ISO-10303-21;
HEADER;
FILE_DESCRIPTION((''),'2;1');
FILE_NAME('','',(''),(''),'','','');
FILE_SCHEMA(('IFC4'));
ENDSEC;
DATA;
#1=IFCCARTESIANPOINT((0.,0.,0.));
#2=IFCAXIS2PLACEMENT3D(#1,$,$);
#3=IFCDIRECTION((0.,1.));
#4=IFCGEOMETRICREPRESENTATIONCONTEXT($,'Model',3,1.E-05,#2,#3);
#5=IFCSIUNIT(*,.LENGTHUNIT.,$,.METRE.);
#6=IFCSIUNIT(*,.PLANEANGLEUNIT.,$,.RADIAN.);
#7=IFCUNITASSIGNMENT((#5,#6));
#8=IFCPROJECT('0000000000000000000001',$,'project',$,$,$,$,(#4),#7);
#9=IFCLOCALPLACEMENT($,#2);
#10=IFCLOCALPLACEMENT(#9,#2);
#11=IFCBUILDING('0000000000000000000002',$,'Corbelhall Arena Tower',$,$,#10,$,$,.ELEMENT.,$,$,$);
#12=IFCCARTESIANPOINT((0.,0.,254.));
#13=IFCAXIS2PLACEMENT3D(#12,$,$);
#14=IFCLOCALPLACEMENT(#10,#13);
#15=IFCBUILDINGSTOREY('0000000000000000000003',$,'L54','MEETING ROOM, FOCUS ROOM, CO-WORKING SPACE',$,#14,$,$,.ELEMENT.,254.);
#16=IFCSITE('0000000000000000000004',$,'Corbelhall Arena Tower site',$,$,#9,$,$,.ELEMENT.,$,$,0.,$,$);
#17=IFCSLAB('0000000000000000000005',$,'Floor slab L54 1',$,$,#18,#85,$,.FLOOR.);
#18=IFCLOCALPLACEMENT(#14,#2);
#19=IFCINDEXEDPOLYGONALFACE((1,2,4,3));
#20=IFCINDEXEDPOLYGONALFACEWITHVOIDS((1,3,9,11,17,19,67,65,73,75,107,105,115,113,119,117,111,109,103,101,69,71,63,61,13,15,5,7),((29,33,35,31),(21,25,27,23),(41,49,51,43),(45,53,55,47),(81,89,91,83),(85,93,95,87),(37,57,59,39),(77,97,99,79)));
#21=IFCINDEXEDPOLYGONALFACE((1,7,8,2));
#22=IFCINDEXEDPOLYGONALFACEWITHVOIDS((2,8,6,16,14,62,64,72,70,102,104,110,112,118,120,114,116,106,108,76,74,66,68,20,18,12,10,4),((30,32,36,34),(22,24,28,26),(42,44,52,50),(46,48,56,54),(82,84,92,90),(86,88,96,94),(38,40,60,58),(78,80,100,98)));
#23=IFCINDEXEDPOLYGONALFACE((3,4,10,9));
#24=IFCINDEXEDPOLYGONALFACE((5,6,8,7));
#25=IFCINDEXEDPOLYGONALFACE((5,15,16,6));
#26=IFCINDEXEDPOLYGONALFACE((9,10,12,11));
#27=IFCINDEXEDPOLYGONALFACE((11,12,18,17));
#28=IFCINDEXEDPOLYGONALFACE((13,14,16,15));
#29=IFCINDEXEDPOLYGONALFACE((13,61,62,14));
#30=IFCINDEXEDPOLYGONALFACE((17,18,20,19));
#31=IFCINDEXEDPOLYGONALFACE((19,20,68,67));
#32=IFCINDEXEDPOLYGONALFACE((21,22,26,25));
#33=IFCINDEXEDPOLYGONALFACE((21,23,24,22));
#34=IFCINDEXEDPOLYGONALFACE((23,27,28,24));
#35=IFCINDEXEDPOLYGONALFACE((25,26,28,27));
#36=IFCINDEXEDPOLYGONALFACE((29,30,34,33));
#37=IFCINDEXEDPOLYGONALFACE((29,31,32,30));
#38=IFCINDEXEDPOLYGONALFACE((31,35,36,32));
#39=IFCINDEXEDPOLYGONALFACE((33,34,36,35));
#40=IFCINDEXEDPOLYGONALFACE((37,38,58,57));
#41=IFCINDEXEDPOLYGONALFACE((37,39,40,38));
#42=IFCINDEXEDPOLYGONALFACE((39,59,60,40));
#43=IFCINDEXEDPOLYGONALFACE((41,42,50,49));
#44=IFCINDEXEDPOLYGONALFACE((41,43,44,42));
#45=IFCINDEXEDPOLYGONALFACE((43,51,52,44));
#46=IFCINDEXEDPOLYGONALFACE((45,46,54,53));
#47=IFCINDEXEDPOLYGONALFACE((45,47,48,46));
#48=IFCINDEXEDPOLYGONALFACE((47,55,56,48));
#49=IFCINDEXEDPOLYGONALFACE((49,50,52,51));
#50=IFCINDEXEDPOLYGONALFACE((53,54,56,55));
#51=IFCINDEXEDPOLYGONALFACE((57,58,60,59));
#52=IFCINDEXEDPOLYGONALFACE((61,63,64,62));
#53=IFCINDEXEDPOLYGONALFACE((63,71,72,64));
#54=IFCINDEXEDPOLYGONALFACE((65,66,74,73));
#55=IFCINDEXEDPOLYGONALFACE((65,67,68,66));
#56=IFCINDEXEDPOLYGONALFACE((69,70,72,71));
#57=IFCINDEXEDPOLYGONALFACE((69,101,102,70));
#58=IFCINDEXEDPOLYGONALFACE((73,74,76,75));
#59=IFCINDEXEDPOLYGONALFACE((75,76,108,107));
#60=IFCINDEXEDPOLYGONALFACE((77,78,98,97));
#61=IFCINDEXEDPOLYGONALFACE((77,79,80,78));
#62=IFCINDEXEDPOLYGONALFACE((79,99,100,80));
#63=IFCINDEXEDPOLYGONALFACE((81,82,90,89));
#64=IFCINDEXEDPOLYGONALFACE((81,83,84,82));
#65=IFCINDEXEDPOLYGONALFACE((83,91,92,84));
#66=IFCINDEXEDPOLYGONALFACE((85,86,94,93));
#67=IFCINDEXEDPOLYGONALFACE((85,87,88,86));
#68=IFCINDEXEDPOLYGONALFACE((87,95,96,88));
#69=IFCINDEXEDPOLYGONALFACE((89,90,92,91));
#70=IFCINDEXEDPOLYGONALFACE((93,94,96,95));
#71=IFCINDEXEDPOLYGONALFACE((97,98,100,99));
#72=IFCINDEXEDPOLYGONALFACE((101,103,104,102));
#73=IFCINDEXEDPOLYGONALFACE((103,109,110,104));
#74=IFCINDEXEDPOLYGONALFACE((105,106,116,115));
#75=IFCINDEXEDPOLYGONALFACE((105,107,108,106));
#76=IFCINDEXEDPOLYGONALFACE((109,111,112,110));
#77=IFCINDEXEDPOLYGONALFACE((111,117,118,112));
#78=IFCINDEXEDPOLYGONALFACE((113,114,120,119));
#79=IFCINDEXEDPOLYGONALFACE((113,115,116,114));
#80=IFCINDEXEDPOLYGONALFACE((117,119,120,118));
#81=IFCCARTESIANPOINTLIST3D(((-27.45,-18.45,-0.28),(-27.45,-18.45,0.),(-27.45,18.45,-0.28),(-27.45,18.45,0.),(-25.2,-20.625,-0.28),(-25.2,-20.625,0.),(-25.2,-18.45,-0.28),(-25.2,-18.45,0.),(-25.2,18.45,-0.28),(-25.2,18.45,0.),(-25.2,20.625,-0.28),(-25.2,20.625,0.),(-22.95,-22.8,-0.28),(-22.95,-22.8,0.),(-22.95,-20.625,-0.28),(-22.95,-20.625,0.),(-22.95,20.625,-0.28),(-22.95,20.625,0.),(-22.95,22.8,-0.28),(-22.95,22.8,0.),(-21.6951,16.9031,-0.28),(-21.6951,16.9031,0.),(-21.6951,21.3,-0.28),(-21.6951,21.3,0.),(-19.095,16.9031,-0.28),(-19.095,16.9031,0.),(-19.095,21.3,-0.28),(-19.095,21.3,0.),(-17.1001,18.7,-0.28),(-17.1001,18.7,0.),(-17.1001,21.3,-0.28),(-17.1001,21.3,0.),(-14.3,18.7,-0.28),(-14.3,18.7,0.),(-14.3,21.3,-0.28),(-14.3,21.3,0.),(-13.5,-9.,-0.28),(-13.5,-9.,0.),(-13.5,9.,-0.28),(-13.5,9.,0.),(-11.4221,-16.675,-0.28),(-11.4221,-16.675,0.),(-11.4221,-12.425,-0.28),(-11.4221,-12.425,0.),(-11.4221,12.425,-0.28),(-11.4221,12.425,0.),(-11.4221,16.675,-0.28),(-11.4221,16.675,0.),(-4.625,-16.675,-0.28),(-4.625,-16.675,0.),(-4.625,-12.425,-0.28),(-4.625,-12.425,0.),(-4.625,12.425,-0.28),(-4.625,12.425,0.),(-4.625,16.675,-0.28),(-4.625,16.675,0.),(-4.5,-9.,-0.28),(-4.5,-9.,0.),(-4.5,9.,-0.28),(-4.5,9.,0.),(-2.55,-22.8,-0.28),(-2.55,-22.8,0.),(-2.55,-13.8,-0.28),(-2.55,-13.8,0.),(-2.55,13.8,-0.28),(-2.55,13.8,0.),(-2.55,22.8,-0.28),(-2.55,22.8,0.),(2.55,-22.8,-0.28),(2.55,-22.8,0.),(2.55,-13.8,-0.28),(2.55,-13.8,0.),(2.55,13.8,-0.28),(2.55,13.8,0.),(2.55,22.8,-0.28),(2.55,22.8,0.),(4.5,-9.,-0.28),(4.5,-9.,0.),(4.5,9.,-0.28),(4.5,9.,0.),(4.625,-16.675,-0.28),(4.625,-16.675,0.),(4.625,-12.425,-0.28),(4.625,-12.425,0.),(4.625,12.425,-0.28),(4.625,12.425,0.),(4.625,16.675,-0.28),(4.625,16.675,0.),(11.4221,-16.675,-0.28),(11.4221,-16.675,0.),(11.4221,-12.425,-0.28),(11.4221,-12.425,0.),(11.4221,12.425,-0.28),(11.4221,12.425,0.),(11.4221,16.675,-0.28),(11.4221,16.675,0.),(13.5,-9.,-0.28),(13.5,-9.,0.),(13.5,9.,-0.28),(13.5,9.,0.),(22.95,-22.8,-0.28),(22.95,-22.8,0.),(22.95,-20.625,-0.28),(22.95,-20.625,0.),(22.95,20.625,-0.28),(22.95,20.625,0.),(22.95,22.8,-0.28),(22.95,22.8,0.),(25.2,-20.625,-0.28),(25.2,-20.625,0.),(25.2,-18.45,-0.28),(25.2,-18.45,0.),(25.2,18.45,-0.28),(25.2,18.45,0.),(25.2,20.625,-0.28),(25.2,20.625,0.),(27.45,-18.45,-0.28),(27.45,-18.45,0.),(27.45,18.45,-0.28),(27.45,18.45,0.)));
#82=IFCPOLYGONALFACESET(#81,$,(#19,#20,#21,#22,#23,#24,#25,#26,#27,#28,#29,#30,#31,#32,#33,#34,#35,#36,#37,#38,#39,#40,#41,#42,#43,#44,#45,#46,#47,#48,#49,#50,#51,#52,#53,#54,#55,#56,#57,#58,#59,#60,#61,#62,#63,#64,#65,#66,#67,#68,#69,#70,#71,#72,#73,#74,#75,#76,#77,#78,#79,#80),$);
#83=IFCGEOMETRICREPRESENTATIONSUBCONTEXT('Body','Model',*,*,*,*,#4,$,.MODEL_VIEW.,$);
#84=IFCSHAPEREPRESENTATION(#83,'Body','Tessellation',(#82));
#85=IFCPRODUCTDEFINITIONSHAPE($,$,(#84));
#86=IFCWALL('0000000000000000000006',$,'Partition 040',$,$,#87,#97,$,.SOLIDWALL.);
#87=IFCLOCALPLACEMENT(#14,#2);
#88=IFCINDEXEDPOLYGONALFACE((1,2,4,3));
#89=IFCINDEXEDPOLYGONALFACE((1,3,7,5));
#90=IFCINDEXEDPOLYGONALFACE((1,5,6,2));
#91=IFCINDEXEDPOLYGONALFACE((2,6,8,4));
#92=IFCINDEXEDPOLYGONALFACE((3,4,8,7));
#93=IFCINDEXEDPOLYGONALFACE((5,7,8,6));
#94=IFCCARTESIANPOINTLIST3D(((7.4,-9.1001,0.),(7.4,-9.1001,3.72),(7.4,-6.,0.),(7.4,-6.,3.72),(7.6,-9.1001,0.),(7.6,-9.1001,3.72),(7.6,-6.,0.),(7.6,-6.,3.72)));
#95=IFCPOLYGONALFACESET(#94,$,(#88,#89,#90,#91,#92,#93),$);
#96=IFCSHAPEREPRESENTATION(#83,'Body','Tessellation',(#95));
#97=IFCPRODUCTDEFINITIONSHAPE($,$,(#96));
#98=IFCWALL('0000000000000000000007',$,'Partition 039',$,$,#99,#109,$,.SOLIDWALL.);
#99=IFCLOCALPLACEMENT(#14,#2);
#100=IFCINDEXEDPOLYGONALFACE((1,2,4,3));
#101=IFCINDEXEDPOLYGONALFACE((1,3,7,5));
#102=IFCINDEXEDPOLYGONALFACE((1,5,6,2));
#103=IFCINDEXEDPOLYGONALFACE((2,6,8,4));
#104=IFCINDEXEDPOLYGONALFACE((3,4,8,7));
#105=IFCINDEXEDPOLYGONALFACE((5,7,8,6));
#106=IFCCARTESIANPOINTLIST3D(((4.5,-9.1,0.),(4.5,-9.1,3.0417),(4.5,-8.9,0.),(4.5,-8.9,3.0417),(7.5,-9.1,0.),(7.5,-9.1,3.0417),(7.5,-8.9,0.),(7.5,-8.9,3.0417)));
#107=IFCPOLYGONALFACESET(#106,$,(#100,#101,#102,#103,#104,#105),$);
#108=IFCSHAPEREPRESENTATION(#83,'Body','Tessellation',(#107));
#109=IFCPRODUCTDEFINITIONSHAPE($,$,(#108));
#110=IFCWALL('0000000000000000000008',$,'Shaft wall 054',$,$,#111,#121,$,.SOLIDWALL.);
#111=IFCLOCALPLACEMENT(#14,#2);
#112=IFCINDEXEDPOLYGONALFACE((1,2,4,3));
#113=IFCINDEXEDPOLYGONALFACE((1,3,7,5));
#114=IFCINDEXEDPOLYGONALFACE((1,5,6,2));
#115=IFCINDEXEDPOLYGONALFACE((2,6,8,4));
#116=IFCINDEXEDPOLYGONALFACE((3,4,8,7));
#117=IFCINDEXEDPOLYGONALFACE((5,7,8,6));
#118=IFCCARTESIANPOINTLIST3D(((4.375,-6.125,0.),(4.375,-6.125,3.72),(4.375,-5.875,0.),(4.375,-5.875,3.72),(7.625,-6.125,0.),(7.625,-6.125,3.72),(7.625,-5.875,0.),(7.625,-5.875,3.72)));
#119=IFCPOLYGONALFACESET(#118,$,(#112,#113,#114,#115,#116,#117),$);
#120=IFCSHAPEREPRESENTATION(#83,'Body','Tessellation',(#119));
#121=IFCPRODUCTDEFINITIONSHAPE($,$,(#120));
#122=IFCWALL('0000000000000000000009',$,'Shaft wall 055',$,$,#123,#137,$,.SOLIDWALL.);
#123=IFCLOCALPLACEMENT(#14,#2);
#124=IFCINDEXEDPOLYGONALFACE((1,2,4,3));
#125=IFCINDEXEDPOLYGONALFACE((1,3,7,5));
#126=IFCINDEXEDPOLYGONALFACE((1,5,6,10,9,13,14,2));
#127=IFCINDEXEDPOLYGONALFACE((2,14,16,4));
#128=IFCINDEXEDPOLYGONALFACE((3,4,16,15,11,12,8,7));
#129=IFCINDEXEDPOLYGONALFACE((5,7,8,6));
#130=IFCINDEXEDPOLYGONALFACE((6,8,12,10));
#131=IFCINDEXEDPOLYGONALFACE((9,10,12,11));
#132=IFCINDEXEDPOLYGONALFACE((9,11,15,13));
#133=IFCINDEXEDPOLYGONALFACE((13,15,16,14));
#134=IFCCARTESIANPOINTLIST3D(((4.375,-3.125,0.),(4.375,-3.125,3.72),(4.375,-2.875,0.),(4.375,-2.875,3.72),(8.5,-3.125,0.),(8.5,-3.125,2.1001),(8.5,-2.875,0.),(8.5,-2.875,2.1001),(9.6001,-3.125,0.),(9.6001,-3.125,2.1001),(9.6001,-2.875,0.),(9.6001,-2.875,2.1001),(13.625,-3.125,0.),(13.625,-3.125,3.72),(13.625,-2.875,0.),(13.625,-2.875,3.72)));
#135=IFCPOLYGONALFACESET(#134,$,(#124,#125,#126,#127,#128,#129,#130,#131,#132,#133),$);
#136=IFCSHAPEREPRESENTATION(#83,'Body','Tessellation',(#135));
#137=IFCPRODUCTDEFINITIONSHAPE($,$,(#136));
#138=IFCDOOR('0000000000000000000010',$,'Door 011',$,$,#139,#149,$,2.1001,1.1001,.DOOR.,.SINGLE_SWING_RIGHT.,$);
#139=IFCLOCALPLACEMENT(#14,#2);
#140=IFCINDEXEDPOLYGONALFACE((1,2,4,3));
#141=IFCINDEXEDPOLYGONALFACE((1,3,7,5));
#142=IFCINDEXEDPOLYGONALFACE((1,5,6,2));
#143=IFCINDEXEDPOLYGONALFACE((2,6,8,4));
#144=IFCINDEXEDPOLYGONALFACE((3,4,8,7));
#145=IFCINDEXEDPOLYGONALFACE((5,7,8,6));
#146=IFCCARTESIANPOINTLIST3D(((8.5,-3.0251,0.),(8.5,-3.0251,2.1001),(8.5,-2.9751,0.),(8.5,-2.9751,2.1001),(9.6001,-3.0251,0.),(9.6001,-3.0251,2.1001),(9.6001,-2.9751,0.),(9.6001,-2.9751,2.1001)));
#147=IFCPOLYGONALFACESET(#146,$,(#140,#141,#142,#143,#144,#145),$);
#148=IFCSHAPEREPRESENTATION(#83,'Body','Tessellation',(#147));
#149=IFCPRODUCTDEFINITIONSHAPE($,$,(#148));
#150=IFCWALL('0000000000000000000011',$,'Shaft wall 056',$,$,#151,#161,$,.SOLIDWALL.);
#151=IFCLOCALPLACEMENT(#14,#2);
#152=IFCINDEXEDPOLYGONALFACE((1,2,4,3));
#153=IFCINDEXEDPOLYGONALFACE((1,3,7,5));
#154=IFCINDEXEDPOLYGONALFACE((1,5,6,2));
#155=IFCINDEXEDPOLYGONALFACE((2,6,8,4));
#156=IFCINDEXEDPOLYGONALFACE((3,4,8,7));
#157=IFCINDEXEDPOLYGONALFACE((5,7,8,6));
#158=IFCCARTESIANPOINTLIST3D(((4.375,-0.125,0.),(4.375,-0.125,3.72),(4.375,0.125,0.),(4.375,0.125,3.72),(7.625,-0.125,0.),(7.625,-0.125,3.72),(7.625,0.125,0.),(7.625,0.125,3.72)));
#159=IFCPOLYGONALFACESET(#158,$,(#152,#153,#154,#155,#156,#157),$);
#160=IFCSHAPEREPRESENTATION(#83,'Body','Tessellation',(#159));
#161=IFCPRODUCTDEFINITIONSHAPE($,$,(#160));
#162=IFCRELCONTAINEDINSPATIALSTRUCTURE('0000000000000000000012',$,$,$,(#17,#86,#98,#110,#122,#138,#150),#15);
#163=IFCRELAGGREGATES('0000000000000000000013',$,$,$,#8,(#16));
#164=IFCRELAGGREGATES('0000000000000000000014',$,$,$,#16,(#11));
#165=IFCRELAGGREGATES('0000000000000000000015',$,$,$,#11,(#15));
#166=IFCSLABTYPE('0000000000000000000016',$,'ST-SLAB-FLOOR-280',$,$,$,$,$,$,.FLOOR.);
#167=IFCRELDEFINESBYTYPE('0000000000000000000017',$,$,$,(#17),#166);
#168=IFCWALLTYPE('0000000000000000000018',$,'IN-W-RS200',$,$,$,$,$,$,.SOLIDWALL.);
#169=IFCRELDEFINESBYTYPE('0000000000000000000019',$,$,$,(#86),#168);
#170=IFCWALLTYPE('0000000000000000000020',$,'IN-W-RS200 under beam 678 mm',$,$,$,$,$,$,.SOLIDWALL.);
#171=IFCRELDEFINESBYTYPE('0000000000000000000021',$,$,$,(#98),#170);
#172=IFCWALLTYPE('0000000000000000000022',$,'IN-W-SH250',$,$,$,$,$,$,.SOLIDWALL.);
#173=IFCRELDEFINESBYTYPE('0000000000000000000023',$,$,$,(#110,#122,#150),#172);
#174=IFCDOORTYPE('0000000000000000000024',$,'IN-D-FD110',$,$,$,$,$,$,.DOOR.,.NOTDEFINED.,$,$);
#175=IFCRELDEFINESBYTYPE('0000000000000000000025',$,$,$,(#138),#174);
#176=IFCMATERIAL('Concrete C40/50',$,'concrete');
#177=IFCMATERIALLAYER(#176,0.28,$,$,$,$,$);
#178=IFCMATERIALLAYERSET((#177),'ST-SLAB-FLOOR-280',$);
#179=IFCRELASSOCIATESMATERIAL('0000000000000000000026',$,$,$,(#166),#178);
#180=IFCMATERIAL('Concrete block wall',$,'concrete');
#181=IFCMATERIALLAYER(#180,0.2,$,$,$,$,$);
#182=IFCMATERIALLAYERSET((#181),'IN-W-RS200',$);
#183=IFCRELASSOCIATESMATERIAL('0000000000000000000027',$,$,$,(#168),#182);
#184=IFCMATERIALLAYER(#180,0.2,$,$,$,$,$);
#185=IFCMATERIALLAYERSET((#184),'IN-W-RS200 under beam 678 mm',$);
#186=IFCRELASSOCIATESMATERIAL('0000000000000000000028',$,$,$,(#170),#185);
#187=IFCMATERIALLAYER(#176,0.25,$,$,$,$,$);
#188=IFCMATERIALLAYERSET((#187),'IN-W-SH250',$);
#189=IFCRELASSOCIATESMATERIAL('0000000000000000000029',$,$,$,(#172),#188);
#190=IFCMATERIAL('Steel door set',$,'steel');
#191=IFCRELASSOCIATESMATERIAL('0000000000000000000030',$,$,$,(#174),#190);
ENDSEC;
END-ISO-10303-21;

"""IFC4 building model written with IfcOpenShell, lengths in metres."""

from ifc_helpers import new_model, si_unit, direction, frame, frame_2d, origin, place, context, subcontext, project, spatial, polyline, rectangle, outline, extrude, material, layer, layer_set, type_object, element, fill, save


model = new_model("IFC4")

# Units and contexts
model_context = context("Model", 3, precision=1e-05, world=origin(), true_north=direction((0.0, 1.0)))
body_context = subcontext(model_context, "Body", "Model", "MODEL_VIEW")
ifc_project = project(units=[si_unit("LENGTHUNIT", "METRE"), si_unit("PLANEANGLEUNIT", "RADIAN")], contexts=[model_context])

# Site, building, storey
site_placement = place(None, origin())
site = spatial("IfcSite", under=ifc_project, at=site_placement, Name="Corbelhall Arena Tower site", CompositionType="ELEMENT", RefElevation=0.0)
building_placement = place(site_placement, origin())
building = spatial("IfcBuilding", under=site, at=building_placement, Name="Corbelhall Arena Tower", CompositionType="ELEMENT")
storey_placement = place(building_placement, frame((0.0, 0.0, 254.0)))
storey = spatial("IfcBuildingStorey", under=building, at=storey_placement, Name="L54", Description="MEETING ROOM, FOCUS ROOM, CO-WORKING SPACE", CompositionType="ELEMENT", Elevation=254.0)

# Shared definitions
ifc_material_1 = material(Name="Concrete C40/50", Category="concrete")

# Slab
ifc_layer_1 = layer(ifc_material_1, 0.28)
ifc_layer_set_1 = layer_set([ifc_layer_1], Name="ST-SLAB-FLOOR-280")
slab_type_1 = type_object("IfcSlabType", Name="ST-SLAB-FLOOR-280", PredefinedType="FLOOR", material=ifc_layer_set_1)
slab_1_placement = place(storey_placement, frame((0.0, 0.0, -0.28)))
element("IfcSlab", 1, at=slab_1_placement, inside=storey, type_object=slab_type_1, Name="Floor slab L54 1", PredefinedType="FLOOR", context=body_context, shape_type="SweptSolid", body=[
    extrude(outline(polyline([(22.95, 22.8), (2.55, 22.8), (2.55, 13.8), (-2.55, 13.8), (-2.55, 22.8), (-22.95, 22.8), (-22.95, 20.625), (-25.2, 20.625), (-25.2, 18.45), (-27.45, 18.45), (-27.45, -18.45), (-25.2, -18.45), (-25.2, -20.625), (-22.95, -20.625), (-22.95, -22.8), (-2.55, -22.8), (-2.55, -13.8), (2.55, -13.8), (2.55, -22.8), (22.95, -22.8), (22.95, -20.625), (25.2, -20.625), (25.2, -18.45), (27.45, -18.45), (27.45, 18.45), (25.2, 18.45), (25.2, 20.625), (22.95, 20.625), (22.95, 22.8)]), holes=[polyline([(-13.5, 9.0), (-13.5, -9.0), (-4.5, -9.0), (-4.5, 9.0), (-13.5, 9.0)]), polyline([(4.5, 9.0), (4.5, -9.0), (13.5, -9.0), (13.5, 9.0), (4.5, 9.0)]), polyline([(-4.625, 16.675), (-11.4221, 16.675), (-11.4221, 12.425), (-4.625, 12.425), (-4.625, 16.675)]), polyline([(-4.625, -16.675), (-4.625, -12.425), (-11.4221, -12.425), (-11.4221, -16.675), (-4.625, -16.675)]), polyline([(11.4221, 16.675), (4.625, 16.675), (4.625, 12.425), (11.4221, 12.425), (11.4221, 16.675)]), polyline([(11.4221, -16.675), (11.4221, -12.425), (4.625, -12.425), (4.625, -16.675), (11.4221, -16.675)]), polyline([(-21.6951, 21.3), (-21.6951, 16.9031), (-19.095, 16.9031), (-19.095, 21.3), (-21.6951, 21.3)]), polyline([(-14.3, 21.3), (-17.1001, 21.3), (-17.1001, 18.7), (-14.3, 18.7), (-14.3, 21.3)])]), origin(), (0.0, 0.0, 1.0), 0.28),
])

# Walls
ifc_material_2 = material(Name="Concrete block wall", Category="concrete")
ifc_layer_2 = layer(ifc_material_2, 0.2)
ifc_layer_set_2 = layer_set([ifc_layer_2], Name="IN-W-RS200")
wall_type_1 = type_object("IfcWallType", Name="IN-W-RS200", PredefinedType="SOLIDWALL", material=ifc_layer_set_2)
wall_1_placement = place(storey_placement, frame((7.5, -6.0, 0.0), z_axis=(0.0, 0.0, 1.0), x_axis=(0.0, -1.0, 0.0)))
element("IfcWall", 2, at=wall_1_placement, inside=storey, type_object=wall_type_1, Name="Partition 040", PredefinedType="SOLIDWALL", context=body_context, shape_type="SweptSolid", body=[
    extrude(rectangle(XDim=3.1001, YDim=0.2, at=frame_2d((1.55, 0.0))), origin(), (0.0, 0.0, 1.0), 3.72),
])
ifc_layer_3 = layer(ifc_material_2, 0.2)
ifc_layer_set_3 = layer_set([ifc_layer_3], Name="IN-W-RS200 under beam 678 mm")
wall_type_2 = type_object("IfcWallType", Name="IN-W-RS200 under beam 678 mm", PredefinedType="SOLIDWALL", material=ifc_layer_set_3)
wall_2_placement = place(storey_placement, frame((7.5, -9.0, 0.0), z_axis=(0.0, 0.0, 1.0), x_axis=(-1.0, 0.0, 0.0)))
element("IfcWall", 3, at=wall_2_placement, inside=storey, type_object=wall_type_2, Name="Partition 039", PredefinedType="SOLIDWALL", context=body_context, shape_type="SweptSolid", body=[
    extrude(rectangle(XDim=3.0, YDim=0.2, at=frame_2d((1.5, 0.0))), origin(), (0.0, 0.0, 1.0), 3.0417),
])
ifc_layer_4 = layer(ifc_material_1, 0.25)
ifc_layer_set_4 = layer_set([ifc_layer_4], Name="IN-W-SH250")
wall_type_3 = type_object("IfcWallType", Name="IN-W-SH250", PredefinedType="SOLIDWALL", material=ifc_layer_set_4)
wall_3_placement = place(storey_placement, frame((4.375, -6.0, 0.0), z_axis=(0.0, 0.0, 1.0), x_axis=(1.0, 0.0, 0.0)))
element("IfcWall", 4, at=wall_3_placement, inside=storey, type_object=wall_type_3, Name="Shaft wall 054", PredefinedType="SOLIDWALL", context=body_context, shape_type="SweptSolid", body=[
    extrude(rectangle(XDim=3.25, YDim=0.25, at=frame_2d((1.625, 0.0))), origin(), (0.0, 0.0, 1.0), 3.72),
])

# Wall, opening, door
wall_4_placement = place(storey_placement, frame((4.375, -3.0, 0.0), z_axis=(0.0, 0.0, 1.0), x_axis=(1.0, 0.0, 0.0)))
wall_4 = element("IfcWall", 5, at=wall_4_placement, inside=storey, type_object=wall_type_3, Name="Shaft wall 055", PredefinedType="SOLIDWALL", context=body_context, shape_type="SweptSolid", body=[
    extrude(rectangle(XDim=9.25, YDim=0.25, at=frame_2d((4.625, 0.0))), origin(), (0.0, 0.0, 1.0), 3.72),
])
opening_1_placement = place(wall_4_placement, frame((4.125, 0.0, 0.0)))
opening_1 = element("IfcOpeningElement", 6, at=opening_1_placement, cuts=wall_4, PredefinedType="OPENING", context=body_context, shape_type="SweptSolid", body=[
    extrude(rectangle(XDim=1.1001, YDim=2.1001, at=frame_2d((0.55, 1.05))), frame((0.0, 0.125, 0.0), z_axis=(0.0, -1.0, 0.0), x_axis=(1.0, 0.0, 0.0)), (0.0, 0.0, 1.0), 0.25),
])
ifc_material_3 = material(Name="Steel door set", Category="steel")
door_type_1 = type_object("IfcDoorType", Name="IN-D-FD110", OperationType="NOTDEFINED", PredefinedType="DOOR", material=ifc_material_3)
door_1_placement = place(opening_1_placement, origin())
door_1 = element("IfcDoor", 7, at=door_1_placement, inside=storey, type_object=door_type_1, Name="Door 011", OperationType="SINGLE_SWING_RIGHT", OverallHeight=2.1001, OverallWidth=1.1001, PredefinedType="DOOR", context=body_context, shape_type="SweptSolid", body=[
    extrude(rectangle(XDim=1.1001, YDim=2.1001, at=frame_2d((0.55, 1.05))), frame((0.0, 0.0249, 0.0), z_axis=(0.0, -1.0, 0.0), x_axis=(1.0, 0.0, 0.0)), (0.0, 0.0, 1.0), 0.05),
])
fill(opening_1, door_1)

# Wall
wall_5_placement = place(storey_placement, frame((4.375, 0.0, 0.0), z_axis=(0.0, 0.0, 1.0), x_axis=(1.0, 0.0, 0.0)))
element("IfcWall", 8, at=wall_5_placement, inside=storey, type_object=wall_type_3, Name="Shaft wall 056", PredefinedType="SOLIDWALL", context=body_context, shape_type="SweptSolid", body=[
    extrude(rectangle(XDim=3.25, YDim=0.25, at=frame_2d((1.625, 0.0))), origin(), (0.0, 0.0, 1.0), 3.72),
])

save(model, "model.ifc")
